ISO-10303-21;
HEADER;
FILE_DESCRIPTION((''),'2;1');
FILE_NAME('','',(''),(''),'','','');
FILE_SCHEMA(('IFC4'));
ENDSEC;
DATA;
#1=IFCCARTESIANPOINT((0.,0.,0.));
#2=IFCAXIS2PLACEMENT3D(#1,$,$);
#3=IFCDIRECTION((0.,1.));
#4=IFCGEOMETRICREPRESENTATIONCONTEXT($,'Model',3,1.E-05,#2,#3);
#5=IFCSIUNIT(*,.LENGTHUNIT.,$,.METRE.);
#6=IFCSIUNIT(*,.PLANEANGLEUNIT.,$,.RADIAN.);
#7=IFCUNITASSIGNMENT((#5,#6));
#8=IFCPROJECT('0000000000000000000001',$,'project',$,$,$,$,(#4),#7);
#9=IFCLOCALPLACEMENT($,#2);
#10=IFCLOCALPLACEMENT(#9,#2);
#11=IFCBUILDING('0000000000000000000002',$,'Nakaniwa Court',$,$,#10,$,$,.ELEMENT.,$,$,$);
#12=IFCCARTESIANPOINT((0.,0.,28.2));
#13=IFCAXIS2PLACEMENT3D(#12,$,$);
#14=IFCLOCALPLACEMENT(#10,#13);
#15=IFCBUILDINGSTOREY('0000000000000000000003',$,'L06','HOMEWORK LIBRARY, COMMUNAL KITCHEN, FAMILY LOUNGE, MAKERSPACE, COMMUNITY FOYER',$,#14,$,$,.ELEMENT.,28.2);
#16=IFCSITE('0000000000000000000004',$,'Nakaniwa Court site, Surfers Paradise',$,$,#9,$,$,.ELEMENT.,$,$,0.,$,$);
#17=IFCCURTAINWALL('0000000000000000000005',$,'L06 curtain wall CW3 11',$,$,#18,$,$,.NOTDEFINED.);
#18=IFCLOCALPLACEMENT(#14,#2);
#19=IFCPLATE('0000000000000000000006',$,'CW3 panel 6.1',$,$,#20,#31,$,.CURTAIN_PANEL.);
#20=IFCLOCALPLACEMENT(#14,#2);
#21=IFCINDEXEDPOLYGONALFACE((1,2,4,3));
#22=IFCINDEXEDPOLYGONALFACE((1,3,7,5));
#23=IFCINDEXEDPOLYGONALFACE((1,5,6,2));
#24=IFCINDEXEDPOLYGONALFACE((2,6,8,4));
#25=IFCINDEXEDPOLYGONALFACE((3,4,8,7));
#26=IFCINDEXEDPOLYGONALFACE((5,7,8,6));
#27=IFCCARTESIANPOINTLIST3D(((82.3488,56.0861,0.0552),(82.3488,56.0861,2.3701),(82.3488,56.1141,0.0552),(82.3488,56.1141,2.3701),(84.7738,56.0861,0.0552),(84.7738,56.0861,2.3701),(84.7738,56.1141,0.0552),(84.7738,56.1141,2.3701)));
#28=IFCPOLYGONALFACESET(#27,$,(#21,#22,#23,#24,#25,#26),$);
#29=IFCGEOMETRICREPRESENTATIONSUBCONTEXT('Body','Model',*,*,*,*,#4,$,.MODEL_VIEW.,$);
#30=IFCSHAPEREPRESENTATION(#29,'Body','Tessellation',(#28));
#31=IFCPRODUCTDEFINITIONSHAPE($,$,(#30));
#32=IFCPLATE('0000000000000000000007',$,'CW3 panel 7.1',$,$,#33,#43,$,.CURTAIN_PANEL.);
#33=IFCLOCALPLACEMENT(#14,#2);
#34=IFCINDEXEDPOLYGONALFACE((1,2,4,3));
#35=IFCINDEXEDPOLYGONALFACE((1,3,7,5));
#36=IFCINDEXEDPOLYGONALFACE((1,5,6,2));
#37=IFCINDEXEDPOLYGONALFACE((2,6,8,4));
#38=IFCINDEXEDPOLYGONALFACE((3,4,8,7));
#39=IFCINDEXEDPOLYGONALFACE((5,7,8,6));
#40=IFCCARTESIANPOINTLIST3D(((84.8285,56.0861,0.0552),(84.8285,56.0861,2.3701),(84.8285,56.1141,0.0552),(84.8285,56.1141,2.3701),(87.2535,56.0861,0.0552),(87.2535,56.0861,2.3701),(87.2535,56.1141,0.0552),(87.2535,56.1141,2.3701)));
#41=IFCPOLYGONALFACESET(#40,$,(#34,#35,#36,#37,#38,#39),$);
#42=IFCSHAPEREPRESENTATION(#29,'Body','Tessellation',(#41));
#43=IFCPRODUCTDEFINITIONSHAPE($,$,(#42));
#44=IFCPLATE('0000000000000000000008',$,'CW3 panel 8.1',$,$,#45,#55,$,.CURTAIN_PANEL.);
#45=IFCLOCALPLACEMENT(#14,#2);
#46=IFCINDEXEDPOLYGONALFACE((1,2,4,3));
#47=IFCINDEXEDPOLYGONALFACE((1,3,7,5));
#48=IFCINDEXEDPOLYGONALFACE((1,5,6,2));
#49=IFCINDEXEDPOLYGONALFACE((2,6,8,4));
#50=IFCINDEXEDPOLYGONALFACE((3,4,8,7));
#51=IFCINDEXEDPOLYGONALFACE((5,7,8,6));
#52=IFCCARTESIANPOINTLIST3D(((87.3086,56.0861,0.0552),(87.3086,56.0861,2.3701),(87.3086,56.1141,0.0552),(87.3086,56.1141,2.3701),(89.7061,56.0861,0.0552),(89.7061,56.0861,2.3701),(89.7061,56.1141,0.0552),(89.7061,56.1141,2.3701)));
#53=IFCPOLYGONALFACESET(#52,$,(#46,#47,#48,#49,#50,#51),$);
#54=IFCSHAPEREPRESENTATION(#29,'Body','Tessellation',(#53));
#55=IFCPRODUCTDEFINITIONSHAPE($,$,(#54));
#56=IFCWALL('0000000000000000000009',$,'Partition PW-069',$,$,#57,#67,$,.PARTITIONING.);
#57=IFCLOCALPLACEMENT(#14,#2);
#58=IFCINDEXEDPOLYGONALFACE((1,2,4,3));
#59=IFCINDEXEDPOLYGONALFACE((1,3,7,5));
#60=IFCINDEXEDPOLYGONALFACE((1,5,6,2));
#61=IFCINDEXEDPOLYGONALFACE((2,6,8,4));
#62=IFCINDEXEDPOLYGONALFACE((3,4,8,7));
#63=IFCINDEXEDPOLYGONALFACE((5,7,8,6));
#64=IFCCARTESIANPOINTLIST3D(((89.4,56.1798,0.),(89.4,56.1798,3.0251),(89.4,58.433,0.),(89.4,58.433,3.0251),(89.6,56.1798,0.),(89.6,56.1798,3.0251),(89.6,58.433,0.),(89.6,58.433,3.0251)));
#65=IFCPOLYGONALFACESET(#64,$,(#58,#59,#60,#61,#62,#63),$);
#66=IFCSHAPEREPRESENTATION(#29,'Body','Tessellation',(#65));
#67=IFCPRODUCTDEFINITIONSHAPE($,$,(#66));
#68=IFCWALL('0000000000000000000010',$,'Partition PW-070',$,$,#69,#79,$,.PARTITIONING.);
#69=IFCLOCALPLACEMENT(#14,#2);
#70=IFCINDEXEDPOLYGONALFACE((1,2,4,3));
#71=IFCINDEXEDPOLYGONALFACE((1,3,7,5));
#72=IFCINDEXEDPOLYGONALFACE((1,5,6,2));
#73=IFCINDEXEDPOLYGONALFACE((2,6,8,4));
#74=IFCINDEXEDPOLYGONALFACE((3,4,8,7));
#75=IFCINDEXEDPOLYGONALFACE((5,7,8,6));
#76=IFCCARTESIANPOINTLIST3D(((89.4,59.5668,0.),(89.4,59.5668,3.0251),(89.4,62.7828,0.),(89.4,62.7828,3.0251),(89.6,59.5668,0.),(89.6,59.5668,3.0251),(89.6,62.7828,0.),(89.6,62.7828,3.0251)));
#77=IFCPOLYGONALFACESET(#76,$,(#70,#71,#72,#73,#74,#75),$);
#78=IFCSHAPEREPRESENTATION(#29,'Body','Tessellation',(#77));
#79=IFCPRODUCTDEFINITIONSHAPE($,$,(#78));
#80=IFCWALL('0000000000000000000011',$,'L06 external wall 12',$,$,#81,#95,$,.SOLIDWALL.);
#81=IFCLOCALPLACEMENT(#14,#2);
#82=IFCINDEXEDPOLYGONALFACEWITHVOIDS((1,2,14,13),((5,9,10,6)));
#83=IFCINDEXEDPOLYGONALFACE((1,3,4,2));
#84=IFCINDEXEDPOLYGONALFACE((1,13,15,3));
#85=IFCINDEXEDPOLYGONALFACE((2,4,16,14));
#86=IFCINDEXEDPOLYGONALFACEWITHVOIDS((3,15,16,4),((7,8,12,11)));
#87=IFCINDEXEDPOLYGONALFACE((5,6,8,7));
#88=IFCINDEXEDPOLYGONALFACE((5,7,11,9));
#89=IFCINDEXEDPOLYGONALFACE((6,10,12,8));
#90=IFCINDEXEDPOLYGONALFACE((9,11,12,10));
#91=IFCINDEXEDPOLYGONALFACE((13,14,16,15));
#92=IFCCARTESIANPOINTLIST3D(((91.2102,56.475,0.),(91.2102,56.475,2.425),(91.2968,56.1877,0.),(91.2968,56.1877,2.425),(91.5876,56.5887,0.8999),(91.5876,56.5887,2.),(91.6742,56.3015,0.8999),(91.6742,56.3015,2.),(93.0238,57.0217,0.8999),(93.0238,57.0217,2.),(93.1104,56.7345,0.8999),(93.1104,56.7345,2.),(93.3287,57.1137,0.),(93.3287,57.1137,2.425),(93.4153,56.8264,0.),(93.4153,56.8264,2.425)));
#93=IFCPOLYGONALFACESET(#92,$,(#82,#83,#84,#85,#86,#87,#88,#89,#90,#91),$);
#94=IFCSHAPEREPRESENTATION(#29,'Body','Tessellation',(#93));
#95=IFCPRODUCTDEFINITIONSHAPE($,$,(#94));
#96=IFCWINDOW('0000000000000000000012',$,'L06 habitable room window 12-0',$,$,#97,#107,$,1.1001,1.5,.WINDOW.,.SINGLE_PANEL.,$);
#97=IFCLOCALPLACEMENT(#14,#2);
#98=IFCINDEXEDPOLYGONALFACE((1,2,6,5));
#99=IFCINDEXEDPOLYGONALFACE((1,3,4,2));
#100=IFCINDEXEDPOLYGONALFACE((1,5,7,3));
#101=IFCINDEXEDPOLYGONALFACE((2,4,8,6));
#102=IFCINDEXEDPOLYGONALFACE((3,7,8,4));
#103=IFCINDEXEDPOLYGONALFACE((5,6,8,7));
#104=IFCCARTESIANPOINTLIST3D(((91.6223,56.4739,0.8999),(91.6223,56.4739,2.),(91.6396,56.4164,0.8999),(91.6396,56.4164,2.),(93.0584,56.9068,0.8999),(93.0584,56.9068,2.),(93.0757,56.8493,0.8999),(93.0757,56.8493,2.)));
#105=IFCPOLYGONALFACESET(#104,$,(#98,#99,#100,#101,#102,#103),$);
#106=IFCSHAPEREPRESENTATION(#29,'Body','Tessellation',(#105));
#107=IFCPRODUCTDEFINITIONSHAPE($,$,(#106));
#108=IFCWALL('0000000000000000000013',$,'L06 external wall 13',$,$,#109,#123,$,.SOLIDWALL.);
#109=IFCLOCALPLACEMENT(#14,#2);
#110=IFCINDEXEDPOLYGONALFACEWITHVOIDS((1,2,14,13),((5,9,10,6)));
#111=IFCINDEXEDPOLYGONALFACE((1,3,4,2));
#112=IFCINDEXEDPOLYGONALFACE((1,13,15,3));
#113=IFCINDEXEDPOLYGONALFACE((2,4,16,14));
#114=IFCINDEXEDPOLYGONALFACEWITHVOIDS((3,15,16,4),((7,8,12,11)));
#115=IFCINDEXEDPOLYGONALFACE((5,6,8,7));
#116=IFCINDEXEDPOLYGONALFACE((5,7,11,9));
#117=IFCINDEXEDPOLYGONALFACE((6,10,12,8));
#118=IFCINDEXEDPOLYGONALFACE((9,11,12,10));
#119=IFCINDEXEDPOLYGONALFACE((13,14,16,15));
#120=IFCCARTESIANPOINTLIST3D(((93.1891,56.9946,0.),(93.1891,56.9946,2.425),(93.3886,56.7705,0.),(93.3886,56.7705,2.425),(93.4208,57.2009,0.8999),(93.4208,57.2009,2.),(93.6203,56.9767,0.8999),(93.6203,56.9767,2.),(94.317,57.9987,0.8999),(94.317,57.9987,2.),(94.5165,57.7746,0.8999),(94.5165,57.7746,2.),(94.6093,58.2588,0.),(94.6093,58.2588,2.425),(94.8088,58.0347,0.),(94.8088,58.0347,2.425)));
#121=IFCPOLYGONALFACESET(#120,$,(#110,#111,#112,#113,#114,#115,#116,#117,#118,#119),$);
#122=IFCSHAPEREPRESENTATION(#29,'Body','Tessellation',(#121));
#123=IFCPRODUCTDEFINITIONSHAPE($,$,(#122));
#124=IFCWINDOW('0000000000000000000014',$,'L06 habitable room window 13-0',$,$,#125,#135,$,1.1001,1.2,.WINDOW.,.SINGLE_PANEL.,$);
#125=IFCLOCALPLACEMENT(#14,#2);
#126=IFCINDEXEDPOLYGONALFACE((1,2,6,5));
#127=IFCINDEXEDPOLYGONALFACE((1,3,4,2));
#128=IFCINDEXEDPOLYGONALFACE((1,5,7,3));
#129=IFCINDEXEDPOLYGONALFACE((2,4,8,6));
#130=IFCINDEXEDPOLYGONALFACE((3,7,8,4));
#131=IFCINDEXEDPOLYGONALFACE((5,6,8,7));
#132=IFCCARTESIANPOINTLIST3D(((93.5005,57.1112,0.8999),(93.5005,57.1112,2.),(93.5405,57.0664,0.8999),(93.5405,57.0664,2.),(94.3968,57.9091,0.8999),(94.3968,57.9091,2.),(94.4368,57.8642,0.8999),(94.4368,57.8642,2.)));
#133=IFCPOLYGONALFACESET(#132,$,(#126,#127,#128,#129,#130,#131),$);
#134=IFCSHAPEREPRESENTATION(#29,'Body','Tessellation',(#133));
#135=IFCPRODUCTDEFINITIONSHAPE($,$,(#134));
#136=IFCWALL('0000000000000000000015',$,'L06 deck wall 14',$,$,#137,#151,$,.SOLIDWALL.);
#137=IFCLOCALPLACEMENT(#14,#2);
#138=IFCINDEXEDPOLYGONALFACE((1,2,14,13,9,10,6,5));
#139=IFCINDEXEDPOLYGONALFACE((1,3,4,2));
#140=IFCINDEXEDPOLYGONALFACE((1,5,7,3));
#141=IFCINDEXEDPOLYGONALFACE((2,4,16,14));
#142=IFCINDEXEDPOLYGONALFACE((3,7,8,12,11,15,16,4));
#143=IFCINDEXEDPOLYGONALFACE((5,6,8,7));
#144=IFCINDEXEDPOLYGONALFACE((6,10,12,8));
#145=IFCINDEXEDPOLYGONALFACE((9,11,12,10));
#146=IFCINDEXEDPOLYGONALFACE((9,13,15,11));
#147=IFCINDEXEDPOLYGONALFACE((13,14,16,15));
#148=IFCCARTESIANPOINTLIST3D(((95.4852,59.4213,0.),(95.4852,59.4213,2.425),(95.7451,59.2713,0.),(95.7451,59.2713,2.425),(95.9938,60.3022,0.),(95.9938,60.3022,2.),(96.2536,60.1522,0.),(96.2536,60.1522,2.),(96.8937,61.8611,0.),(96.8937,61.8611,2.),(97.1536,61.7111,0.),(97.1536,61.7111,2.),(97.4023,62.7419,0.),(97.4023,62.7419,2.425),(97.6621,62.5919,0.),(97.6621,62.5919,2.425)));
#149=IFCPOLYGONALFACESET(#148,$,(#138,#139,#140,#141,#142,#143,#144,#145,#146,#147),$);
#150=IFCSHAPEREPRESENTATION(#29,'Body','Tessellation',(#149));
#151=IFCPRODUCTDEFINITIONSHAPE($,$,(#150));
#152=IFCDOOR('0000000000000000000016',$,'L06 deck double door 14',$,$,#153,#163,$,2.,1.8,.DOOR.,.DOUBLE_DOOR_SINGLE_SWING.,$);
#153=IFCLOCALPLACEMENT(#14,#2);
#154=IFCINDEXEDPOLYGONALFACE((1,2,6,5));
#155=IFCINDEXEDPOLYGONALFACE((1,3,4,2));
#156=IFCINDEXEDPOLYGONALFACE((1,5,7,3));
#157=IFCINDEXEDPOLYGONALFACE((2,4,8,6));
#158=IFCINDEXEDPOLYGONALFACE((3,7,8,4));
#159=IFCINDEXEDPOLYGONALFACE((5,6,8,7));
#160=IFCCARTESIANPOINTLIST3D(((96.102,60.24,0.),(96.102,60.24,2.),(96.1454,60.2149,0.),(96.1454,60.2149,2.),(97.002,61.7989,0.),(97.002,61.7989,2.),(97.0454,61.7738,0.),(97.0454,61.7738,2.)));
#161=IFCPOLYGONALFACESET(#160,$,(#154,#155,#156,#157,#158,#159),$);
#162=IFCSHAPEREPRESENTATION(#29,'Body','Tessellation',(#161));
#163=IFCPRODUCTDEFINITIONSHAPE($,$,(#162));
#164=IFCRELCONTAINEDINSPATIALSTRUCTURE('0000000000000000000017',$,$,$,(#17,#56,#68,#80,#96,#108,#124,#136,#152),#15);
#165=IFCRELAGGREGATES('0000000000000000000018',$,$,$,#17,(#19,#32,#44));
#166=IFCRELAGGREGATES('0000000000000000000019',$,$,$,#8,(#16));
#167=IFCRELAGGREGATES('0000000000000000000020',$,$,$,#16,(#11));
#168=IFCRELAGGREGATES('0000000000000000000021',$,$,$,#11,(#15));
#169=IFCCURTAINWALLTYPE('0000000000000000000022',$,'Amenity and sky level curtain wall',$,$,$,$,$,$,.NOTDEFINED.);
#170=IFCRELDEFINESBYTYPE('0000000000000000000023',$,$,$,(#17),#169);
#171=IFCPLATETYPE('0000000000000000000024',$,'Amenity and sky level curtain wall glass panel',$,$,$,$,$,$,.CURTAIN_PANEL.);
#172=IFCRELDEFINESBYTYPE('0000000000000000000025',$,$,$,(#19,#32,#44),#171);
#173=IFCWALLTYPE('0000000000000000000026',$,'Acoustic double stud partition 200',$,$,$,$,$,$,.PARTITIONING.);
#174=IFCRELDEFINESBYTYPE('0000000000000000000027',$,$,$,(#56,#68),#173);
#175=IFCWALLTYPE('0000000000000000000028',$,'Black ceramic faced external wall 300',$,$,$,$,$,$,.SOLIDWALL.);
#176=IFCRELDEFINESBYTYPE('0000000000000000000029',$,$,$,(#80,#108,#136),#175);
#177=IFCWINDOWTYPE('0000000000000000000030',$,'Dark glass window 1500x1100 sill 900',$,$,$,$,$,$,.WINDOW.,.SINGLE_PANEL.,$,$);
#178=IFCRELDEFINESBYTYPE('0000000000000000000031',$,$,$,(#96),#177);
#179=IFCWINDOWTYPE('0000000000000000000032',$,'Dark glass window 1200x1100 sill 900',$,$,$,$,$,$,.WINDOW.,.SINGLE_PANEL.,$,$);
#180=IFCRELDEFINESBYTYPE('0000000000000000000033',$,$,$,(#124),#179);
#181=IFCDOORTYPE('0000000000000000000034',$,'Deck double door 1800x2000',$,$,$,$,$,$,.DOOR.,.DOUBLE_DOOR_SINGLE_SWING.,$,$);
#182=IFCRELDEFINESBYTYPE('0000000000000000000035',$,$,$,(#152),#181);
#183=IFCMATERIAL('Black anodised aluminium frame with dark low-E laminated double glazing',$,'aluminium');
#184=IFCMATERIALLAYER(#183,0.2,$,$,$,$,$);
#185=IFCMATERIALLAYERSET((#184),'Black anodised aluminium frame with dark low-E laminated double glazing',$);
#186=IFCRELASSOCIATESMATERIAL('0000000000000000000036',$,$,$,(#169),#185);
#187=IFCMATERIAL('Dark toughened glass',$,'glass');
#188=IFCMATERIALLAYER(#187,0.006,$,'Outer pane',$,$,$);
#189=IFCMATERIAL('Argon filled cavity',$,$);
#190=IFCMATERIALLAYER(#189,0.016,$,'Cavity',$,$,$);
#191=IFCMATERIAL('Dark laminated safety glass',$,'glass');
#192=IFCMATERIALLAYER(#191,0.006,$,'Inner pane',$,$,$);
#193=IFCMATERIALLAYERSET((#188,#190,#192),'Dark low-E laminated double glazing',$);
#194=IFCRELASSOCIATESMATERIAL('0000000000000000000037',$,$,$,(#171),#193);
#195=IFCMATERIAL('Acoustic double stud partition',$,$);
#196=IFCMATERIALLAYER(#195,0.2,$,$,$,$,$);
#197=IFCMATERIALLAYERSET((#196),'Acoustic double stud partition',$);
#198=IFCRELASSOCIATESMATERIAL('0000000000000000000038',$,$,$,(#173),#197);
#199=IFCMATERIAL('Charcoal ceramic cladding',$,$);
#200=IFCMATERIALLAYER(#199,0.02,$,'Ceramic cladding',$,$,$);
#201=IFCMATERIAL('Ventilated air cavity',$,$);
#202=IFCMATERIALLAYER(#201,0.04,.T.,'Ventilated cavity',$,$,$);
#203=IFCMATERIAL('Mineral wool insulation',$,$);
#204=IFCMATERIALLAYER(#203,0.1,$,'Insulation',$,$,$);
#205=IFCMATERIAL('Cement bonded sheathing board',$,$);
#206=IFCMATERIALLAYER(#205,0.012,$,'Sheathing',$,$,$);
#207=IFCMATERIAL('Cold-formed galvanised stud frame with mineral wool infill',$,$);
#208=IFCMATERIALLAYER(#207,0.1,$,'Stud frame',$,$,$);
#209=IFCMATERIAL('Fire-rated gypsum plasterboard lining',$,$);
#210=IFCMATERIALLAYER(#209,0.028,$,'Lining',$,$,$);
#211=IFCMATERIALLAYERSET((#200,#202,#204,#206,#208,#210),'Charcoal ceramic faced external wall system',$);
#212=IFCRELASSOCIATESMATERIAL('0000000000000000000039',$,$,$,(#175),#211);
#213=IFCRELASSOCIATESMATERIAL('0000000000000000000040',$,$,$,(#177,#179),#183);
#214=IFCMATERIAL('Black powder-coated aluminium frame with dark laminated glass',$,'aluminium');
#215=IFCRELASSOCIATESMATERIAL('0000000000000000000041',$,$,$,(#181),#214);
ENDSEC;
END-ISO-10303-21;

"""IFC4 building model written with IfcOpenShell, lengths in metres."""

from ifc_helpers import new_model, si_unit, direction, frame, frame_2d, origin, origin_2d, place, context, subcontext, project, spatial, rectangle, extrude, material, layer, layer_set, type_object, element, fill, aggregate, save


model = new_model("IFC4")

# Units and contexts
model_context = context("Model", 3, precision=1e-05, world=origin(), true_north=direction((0.0, 1.0)))
body_context = subcontext(model_context, "Body", "Model", "MODEL_VIEW")
ifc_project = project(units=[si_unit("LENGTHUNIT", "METRE"), si_unit("PLANEANGLEUNIT", "RADIAN")], contexts=[model_context])

# Site, building, storey
site_placement = place(None, origin())
site = spatial("IfcSite", under=ifc_project, at=site_placement, Name="Nakaniwa Court site, Surfers Paradise", CompositionType="ELEMENT", RefElevation=0.0)
building_placement = place(site_placement, origin())
building = spatial("IfcBuilding", under=site, at=building_placement, Name="Nakaniwa Court", CompositionType="ELEMENT")
storey_placement = place(building_placement, frame((0.0, 0.0, 28.2)))
storey = spatial("IfcBuildingStorey", under=building, at=storey_placement, Name="L06", Description="HOMEWORK LIBRARY, COMMUNAL KITCHEN, FAMILY LOUNGE, MAKERSPACE, COMMUNITY FOYER", CompositionType="ELEMENT", Elevation=28.2)

# Curtain wall
ifc_material_1 = material(Name="Black anodised aluminium frame with dark low-E laminated double glazing", Category="aluminium")
ifc_layer_1 = layer(ifc_material_1, 0.2)
ifc_layer_set_1 = layer_set([ifc_layer_1], Name="Black anodised aluminium frame with dark low-E laminated double glazing")
curtain_wall_type = type_object("IfcCurtainWallType", Name="Amenity and sky level curtain wall", PredefinedType="NOTDEFINED", material=ifc_layer_set_1)
curtain_wall_placement = place(storey_placement, origin())
curtain_wall = element("IfcCurtainWall", 1, at=curtain_wall_placement, inside=storey, type_object=curtain_wall_type, Name="L06 curtain wall CW3 11", PredefinedType="NOTDEFINED")

# Plates
ifc_material_2 = material(Name="Dark toughened glass", Category="glass")
ifc_layer_2 = layer(ifc_material_2, 0.006, Name="Outer pane")
ifc_material_3 = material(Name="Argon filled cavity")
ifc_layer_3 = layer(ifc_material_3, 0.016, Name="Cavity")
ifc_material_4 = material(Name="Dark laminated safety glass", Category="glass")
ifc_layer_4 = layer(ifc_material_4, 0.006, Name="Inner pane")
ifc_layer_set_2 = layer_set([ifc_layer_2, ifc_layer_3, ifc_layer_4], Name="Dark low-E laminated double glazing")
plate_type = type_object("IfcPlateType", Name="Amenity and sky level curtain wall glass panel", PredefinedType="CURTAIN_PANEL", material=ifc_layer_set_2)
plate_1_placement = place(storey_placement, frame((83.5613, 56.1001, 0.0552), z_axis=(0.0, 0.0, 1.0), x_axis=(1.0, 0.0, 0.0)))
plate_1 = element("IfcPlate", 2, at=plate_1_placement, type_object=plate_type, Name="CW3 panel 6.1", PredefinedType="CURTAIN_PANEL", context=body_context, shape_type="SweptSolid", body=[
    extrude(rectangle(XDim=2.425, YDim=0.0281, at=origin_2d()), origin(), (0.0, 0.0, 1.0), 2.3149),
])
plate_2_placement = place(storey_placement, frame((86.041, 56.1001, 0.0552), z_axis=(0.0, 0.0, 1.0), x_axis=(1.0, 0.0, 0.0)))
plate_2 = element("IfcPlate", 3, at=plate_2_placement, type_object=plate_type, Name="CW3 panel 7.1", PredefinedType="CURTAIN_PANEL", context=body_context, shape_type="SweptSolid", body=[
    extrude(rectangle(XDim=2.425, YDim=0.0281, at=origin_2d()), origin(), (0.0, 0.0, 1.0), 2.3149),
])
plate_3_placement = place(storey_placement, frame((88.5073, 56.1001, 0.0552), z_axis=(0.0, 0.0, 1.0), x_axis=(1.0, 0.0, 0.0)))
plate_3 = element("IfcPlate", 4, at=plate_3_placement, type_object=plate_type, Name="CW3 panel 8.1", PredefinedType="CURTAIN_PANEL", context=body_context, shape_type="SweptSolid", body=[
    extrude(rectangle(XDim=2.3975, YDim=0.0281, at=origin_2d()), origin(), (0.0, 0.0, 1.0), 2.3149),
])
aggregate(curtain_wall, [plate_1, plate_2, plate_3])

# Walls
ifc_material_5 = material(Name="Acoustic double stud partition")
ifc_layer_5 = layer(ifc_material_5, 0.2)
ifc_layer_set_3 = layer_set([ifc_layer_5], Name="Acoustic double stud partition")
wall_type_1 = type_object("IfcWallType", Name="Acoustic double stud partition 200", PredefinedType="PARTITIONING", material=ifc_layer_set_3)
wall_1_placement = place(storey_placement, frame((89.5, 56.1799, 0.0), z_axis=(0.0, 0.0, 1.0), x_axis=(0.0, 1.0, 0.0)))
element("IfcWall", 5, at=wall_1_placement, inside=storey, type_object=wall_type_1, Name="Partition PW-069", PredefinedType="PARTITIONING", context=body_context, shape_type="SweptSolid", body=[
    extrude(rectangle(XDim=2.2532, YDim=0.2, at=frame_2d((1.1265, 0.0))), origin(), (0.0, 0.0, 1.0), 3.0251),
])
wall_2_placement = place(storey_placement, frame((89.5, 59.5669, 0.0), z_axis=(0.0, 0.0, 1.0), x_axis=(0.0, 1.0, 0.0)))
element("IfcWall", 6, at=wall_2_placement, inside=storey, type_object=wall_type_1, Name="Partition PW-070", PredefinedType="PARTITIONING", context=body_context, shape_type="SweptSolid", body=[
    extrude(rectangle(XDim=3.2161, YDim=0.2, at=frame_2d((1.6079, 0.0))), origin(), (0.0, 0.0, 1.0), 3.0251),
])

# Walls, openings, windows
ifc_material_6 = material(Name="Charcoal ceramic cladding")
ifc_layer_6 = layer(ifc_material_6, 0.02, Name="Ceramic cladding")
ifc_material_7 = material(Name="Ventilated air cavity")
ifc_layer_7 = layer(ifc_material_7, 0.04, ventilated=True, Name="Ventilated cavity")
ifc_material_8 = material(Name="Mineral wool insulation")
ifc_layer_8 = layer(ifc_material_8, 0.1, Name="Insulation")
ifc_material_9 = material(Name="Cement bonded sheathing board")
ifc_layer_9 = layer(ifc_material_9, 0.012, Name="Sheathing")
ifc_material_10 = material(Name="Cold-formed galvanised stud frame with mineral wool infill")
ifc_layer_10 = layer(ifc_material_10, 0.1, Name="Stud frame")
ifc_material_11 = material(Name="Fire-rated gypsum plasterboard lining")
ifc_layer_11 = layer(ifc_material_11, 0.028, Name="Lining")
ifc_layer_set_4 = layer_set([ifc_layer_6, ifc_layer_7, ifc_layer_8, ifc_layer_9, ifc_layer_10, ifc_layer_11], Name="Charcoal ceramic faced external wall system")
wall_type_2 = type_object("IfcWallType", Name="Black ceramic faced external wall 300", PredefinedType="SOLIDWALL", material=ifc_layer_set_4)
wall_3_placement = place(storey_placement, frame((91.2534, 56.3313, 0.0), z_axis=(0.0, 0.0, 1.0), x_axis=(0.957434, 0.288653, 0.0)))
wall_3 = element("IfcWall", 7, at=wall_3_placement, inside=storey, type_object=wall_type_2, Name="L06 external wall 12", PredefinedType="SOLIDWALL", context=body_context, shape_type="SweptSolid", body=[
    extrude(rectangle(XDim=2.2126, YDim=0.3, at=frame_2d((1.1064, 0.0))), origin(), (0.0, 0.0, 1.0), 2.425),
])
opening_1_placement = place(wall_3_placement, frame((0.3943, 0.0, 0.8999)))
opening_1 = element("IfcOpeningElement", 8, at=opening_1_placement, cuts=wall_3, PredefinedType="OPENING", context=body_context, shape_type="SweptSolid", body=[
    extrude(rectangle(XDim=1.5, YDim=1.1001, at=frame_2d((0.75, 0.55))), frame((0.0, 0.1599, 0.0), z_axis=(0.0, -1.0, 0.0), x_axis=(1.0, 0.0, 0.0)), (0.0, 0.0, 1.0), 0.3201),
])
window_type_1 = type_object("IfcWindowType", Name="Dark glass window 1500x1100 sill 900", PartitioningType="SINGLE_PANEL", PredefinedType="WINDOW", material=ifc_material_1)
window_1_placement = place(opening_1_placement, origin())
window_1 = element("IfcWindow", 9, at=window_1_placement, inside=storey, type_object=window_type_1, Name="L06 habitable room window 12-0", OverallHeight=1.1001, OverallWidth=1.5, PartitioningType="SINGLE_PANEL", PredefinedType="WINDOW", context=body_context, shape_type="SweptSolid", body=[
    extrude(rectangle(XDim=1.5, YDim=1.1001, at=frame_2d((0.75, 0.55))), frame((0.0, 0.03, 0.0), z_axis=(0.0, -1.0, 0.0), x_axis=(1.0, 0.0, 0.0)), (0.0, 0.0, 1.0), 0.0601),
])
fill(opening_1, window_1)
wall_4_placement = place(storey_placement, frame((93.2888, 56.8826, 0.0), z_axis=(0.0, 0.0, 1.0), x_axis=(0.746942, 0.66489, 0.0)))
wall_4 = element("IfcWall", 10, at=wall_4_placement, inside=storey, type_object=wall_type_2, Name="L06 external wall 13", PredefinedType="SOLIDWALL", context=body_context, shape_type="SweptSolid", body=[
    extrude(rectangle(XDim=1.9014, YDim=0.3, at=frame_2d((0.9507, 0.0))), origin(), (0.0, 0.0, 1.0), 2.425),
])
opening_2_placement = place(wall_4_placement, frame((0.3101, 0.0, 0.8999)))
opening_2 = element("IfcOpeningElement", 11, at=opening_2_placement, cuts=wall_4, PredefinedType="OPENING", context=body_context, shape_type="SweptSolid", body=[
    extrude(rectangle(XDim=1.2, YDim=1.1001, at=frame_2d((0.6001, 0.55))), frame((0.0, 0.1599, 0.0), z_axis=(0.0, -1.0, 0.0), x_axis=(1.0, 0.0, 0.0)), (0.0, 0.0, 1.0), 0.3201),
])
window_type_2 = type_object("IfcWindowType", Name="Dark glass window 1200x1100 sill 900", PartitioningType="SINGLE_PANEL", PredefinedType="WINDOW", material=ifc_material_1)
window_2_placement = place(opening_2_placement, origin())
window_2 = element("IfcWindow", 12, at=window_2_placement, inside=storey, type_object=window_type_2, Name="L06 habitable room window 13-0", OverallHeight=1.1001, OverallWidth=1.2, PartitioningType="SINGLE_PANEL", PredefinedType="WINDOW", context=body_context, shape_type="SweptSolid", body=[
    extrude(rectangle(XDim=1.2, YDim=1.1001, at=frame_2d((0.6001, 0.55))), frame((0.0, 0.03, 0.0), z_axis=(0.0, -1.0, 0.0), x_axis=(1.0, 0.0, 0.0)), (0.0, 0.0, 1.0), 0.0601),
])
fill(opening_2, window_2)

# Wall, opening, door
wall_5_placement = place(storey_placement, frame((95.6152, 59.3464, 0.0), z_axis=(0.0, 0.0, 1.0), x_axis=(0.499974, 0.86604, 0.0)))
wall_5 = element("IfcWall", 13, at=wall_5_placement, inside=storey, type_object=wall_type_2, Name="L06 deck wall 14", PredefinedType="SOLIDWALL", context=body_context, shape_type="SweptSolid", body=[
    extrude(rectangle(XDim=3.8342, YDim=0.3, at=frame_2d((1.917, 0.0))), origin(), (0.0, 0.0, 1.0), 2.425),
])
opening_3_placement = place(wall_5_placement, frame((1.0171, 0.0, 0.0)))
opening_3 = element("IfcOpeningElement", 14, at=opening_3_placement, cuts=wall_5, PredefinedType="OPENING", context=body_context, shape_type="SweptSolid", body=[
    extrude(rectangle(XDim=1.8, YDim=2.0, at=frame_2d((0.8999, 1.0))), frame((0.0, 0.1599, 0.0), z_axis=(0.0, -1.0, 0.0), x_axis=(1.0, 0.0, 0.0)), (0.0, 0.0, 1.0), 0.3201),
])
ifc_material_12 = material(Name="Black powder-coated aluminium frame with dark laminated glass", Category="aluminium")
door_type = type_object("IfcDoorType", Name="Deck double door 1800x2000", OperationType="DOUBLE_DOOR_SINGLE_SWING", PredefinedType="DOOR", material=ifc_material_12)
door_placement = place(opening_3_placement, frame((1.8, 0.0, 0.0), z_axis=(0.0, 0.0, 1.0), x_axis=(-1.0, 0.0, 0.0)))
door = element("IfcDoor", 15, at=door_placement, inside=storey, type_object=door_type, Name="L06 deck double door 14", OperationType="DOUBLE_DOOR_SINGLE_SWING", OverallHeight=2.0, OverallWidth=1.8, PredefinedType="DOOR", context=body_context, shape_type="SweptSolid", body=[
    extrude(rectangle(XDim=1.8, YDim=2.0, at=frame_2d((0.8999, 1.0))), frame((0.0, 0.0249, 0.0), z_axis=(0.0, -1.0, 0.0), x_axis=(1.0, 0.0, 0.0)), (0.0, 0.0, 1.0), 0.05),
])
fill(opening_3, door)

save(model, "model.ifc")
